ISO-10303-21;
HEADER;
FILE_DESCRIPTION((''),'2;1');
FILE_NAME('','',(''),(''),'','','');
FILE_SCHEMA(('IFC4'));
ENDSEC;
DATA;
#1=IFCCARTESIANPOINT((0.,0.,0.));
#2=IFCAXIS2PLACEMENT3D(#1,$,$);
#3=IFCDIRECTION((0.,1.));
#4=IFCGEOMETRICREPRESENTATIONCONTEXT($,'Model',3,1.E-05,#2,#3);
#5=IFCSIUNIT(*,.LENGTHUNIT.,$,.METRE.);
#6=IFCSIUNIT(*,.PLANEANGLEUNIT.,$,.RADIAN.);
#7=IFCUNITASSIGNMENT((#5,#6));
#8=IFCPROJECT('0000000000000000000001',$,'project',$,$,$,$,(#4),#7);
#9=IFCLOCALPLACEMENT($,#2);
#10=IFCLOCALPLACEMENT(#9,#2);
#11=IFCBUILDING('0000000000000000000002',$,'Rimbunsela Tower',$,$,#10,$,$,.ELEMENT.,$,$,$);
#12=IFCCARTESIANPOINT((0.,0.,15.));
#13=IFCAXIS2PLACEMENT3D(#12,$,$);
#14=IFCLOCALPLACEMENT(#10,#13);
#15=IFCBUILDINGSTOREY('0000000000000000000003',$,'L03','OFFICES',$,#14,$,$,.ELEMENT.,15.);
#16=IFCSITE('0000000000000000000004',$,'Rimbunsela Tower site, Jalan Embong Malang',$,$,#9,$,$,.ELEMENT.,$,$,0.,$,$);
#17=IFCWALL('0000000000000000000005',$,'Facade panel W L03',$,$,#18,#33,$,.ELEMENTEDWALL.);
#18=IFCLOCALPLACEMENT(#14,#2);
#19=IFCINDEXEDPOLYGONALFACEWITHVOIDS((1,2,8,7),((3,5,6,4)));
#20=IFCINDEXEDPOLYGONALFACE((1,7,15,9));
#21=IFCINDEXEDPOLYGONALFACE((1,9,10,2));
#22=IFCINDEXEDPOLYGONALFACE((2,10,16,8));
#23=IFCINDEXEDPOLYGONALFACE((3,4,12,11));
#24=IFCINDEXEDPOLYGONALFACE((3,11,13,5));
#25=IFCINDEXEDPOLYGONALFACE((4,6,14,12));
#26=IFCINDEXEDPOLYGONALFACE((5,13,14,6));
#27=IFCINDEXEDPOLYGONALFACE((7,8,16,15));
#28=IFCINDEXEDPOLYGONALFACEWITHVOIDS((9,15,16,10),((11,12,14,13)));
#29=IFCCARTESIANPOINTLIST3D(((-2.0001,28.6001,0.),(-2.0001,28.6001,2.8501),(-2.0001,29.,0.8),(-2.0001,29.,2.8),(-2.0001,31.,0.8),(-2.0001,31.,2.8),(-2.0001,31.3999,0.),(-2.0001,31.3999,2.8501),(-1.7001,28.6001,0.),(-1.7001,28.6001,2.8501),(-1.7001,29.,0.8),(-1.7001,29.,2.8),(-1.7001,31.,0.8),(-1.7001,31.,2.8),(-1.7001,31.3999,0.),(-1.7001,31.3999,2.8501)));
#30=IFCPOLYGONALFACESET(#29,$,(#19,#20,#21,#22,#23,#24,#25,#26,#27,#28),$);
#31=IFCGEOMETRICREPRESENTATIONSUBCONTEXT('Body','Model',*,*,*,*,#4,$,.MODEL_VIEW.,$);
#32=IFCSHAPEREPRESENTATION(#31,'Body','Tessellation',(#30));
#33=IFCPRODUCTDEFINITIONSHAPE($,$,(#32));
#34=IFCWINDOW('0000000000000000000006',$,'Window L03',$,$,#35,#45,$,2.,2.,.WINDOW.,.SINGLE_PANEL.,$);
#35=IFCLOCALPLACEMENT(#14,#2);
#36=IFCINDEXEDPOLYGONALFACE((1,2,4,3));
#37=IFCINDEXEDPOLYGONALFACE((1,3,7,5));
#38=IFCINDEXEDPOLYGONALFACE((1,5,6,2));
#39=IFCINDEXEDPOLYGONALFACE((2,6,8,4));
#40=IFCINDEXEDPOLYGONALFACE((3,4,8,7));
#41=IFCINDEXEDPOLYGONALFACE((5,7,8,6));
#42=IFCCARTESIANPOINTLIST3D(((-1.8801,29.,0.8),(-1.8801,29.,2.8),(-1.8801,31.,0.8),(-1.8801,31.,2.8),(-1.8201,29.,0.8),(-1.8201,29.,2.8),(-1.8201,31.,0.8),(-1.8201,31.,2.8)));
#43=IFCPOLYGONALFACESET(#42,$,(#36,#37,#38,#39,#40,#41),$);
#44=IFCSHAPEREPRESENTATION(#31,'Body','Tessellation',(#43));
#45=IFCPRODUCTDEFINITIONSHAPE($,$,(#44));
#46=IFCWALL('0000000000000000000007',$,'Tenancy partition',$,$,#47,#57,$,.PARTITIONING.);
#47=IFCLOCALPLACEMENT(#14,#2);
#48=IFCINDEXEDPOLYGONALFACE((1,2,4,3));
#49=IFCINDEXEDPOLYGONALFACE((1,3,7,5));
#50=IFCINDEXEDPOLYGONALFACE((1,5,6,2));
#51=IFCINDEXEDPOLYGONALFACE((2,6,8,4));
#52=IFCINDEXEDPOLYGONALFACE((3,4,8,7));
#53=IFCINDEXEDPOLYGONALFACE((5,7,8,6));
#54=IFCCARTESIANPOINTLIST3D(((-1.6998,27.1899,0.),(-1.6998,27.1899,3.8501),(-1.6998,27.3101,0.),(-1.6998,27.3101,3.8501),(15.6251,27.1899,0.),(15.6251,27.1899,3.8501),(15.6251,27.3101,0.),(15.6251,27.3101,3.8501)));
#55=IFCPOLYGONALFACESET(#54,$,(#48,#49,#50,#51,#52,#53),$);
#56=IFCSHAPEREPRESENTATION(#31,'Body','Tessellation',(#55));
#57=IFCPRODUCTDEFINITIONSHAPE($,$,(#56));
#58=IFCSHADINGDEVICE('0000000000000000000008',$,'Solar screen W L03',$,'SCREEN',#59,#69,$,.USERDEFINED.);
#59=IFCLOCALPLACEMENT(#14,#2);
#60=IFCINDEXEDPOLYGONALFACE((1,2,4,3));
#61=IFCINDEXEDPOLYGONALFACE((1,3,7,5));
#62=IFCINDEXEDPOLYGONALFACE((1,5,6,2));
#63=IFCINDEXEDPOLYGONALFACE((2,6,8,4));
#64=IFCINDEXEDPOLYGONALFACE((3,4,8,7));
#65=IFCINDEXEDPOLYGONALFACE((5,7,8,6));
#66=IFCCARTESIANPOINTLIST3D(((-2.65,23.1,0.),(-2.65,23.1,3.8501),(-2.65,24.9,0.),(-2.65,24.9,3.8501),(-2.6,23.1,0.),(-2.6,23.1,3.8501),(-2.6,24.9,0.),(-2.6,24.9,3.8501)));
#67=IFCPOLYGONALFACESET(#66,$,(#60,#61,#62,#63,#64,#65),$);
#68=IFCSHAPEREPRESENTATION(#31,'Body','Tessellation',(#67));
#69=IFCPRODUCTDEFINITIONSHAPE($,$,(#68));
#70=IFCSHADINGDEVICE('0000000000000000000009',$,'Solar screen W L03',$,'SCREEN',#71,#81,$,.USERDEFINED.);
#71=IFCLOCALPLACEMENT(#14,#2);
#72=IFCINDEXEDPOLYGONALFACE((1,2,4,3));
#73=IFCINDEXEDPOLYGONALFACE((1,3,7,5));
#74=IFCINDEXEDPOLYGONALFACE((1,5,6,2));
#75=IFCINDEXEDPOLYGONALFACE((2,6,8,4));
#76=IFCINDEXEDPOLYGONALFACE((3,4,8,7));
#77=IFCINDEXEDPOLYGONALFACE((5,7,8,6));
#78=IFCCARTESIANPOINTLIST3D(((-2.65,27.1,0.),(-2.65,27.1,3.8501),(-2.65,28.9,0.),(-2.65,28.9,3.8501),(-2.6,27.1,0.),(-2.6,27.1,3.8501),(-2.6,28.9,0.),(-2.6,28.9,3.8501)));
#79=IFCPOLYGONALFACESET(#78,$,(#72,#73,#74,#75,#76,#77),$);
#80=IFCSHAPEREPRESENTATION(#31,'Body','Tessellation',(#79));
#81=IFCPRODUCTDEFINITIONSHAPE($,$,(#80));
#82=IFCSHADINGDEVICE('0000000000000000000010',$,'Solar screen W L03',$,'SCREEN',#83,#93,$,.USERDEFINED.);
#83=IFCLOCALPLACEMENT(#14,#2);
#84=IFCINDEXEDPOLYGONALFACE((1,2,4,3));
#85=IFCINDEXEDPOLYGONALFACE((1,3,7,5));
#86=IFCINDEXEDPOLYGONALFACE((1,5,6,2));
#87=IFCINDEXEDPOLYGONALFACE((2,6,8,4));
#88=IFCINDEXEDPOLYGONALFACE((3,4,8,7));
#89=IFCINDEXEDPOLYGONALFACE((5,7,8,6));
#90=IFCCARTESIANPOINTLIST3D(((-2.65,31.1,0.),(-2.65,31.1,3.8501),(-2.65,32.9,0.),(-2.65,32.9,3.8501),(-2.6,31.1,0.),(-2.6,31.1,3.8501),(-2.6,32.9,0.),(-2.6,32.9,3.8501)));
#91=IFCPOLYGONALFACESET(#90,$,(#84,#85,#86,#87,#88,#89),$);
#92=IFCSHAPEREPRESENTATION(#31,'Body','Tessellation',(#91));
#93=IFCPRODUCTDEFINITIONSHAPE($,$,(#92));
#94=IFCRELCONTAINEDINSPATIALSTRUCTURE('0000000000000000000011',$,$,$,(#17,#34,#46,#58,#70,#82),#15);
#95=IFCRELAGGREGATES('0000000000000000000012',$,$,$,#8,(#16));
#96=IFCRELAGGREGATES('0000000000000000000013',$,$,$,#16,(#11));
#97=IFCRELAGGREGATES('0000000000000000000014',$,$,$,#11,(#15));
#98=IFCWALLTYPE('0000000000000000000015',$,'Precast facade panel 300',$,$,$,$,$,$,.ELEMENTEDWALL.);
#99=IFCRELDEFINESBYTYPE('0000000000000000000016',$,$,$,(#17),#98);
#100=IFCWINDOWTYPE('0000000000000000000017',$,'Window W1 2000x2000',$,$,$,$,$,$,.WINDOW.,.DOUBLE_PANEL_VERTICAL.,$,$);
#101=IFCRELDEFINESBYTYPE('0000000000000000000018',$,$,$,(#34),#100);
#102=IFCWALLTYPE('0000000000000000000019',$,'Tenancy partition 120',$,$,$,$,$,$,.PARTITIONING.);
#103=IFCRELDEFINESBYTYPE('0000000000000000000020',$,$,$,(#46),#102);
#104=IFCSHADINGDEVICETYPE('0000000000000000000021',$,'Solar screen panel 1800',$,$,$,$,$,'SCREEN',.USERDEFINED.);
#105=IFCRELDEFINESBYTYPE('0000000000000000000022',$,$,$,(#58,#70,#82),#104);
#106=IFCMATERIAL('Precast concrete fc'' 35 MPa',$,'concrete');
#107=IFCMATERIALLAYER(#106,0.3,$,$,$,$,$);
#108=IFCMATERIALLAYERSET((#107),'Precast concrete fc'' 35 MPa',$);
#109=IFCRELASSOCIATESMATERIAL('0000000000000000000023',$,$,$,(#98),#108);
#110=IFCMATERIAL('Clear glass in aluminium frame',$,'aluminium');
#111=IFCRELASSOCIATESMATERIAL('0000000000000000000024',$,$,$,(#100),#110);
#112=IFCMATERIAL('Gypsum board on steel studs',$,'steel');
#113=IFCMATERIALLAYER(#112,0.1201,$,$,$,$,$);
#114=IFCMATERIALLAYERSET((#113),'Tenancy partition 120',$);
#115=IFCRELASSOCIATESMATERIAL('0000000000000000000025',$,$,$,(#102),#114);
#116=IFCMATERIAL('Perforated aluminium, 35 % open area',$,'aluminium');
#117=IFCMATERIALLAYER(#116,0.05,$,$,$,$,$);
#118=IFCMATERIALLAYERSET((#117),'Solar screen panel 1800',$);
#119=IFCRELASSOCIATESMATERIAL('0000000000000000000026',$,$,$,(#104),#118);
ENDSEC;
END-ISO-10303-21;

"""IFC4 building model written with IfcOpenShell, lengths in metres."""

from ifc_helpers import new_model, si_unit, direction, frame, frame_2d, origin, origin_2d, place, context, subcontext, project, spatial, rectangle, extrude, material, layer, layer_set, type_object, element, fill, save


model = new_model("IFC4")

# Units and contexts
model_context = context("Model", 3, precision=1e-05, world=origin(), true_north=direction((0.0, 1.0)))
body_context = subcontext(model_context, "Body", "Model", "MODEL_VIEW")
ifc_project = project(units=[si_unit("LENGTHUNIT", "METRE"), si_unit("PLANEANGLEUNIT", "RADIAN")], contexts=[model_context])

# Site, building, storey
site_placement = place(None, origin())
site = spatial("IfcSite", under=ifc_project, at=site_placement, Name="Rimbunsela Tower site, Jalan Embong Malang", CompositionType="ELEMENT", RefElevation=0.0)
building_placement = place(site_placement, origin())
building = spatial("IfcBuilding", under=site, at=building_placement, Name="Rimbunsela Tower", CompositionType="ELEMENT")
storey_placement = place(building_placement, frame((0.0, 0.0, 15.0)))
storey = spatial("IfcBuildingStorey", under=building, at=storey_placement, Name="L03", Description="OFFICES", CompositionType="ELEMENT", Elevation=15.0)

# Wall, opening, window
ifc_material_1 = material(Name="Precast concrete fc' 35 MPa", Category="concrete")
ifc_layer_1 = layer(ifc_material_1, 0.3)
ifc_layer_set_1 = layer_set([ifc_layer_1], Name="Precast concrete fc' 35 MPa")
wall_type_1 = type_object("IfcWallType", Name="Precast facade panel 300", PredefinedType="ELEMENTEDWALL", material=ifc_layer_set_1)
ifc_material_2 = material(Name="Clear glass in aluminium frame", Category="aluminium")
window_type = type_object("IfcWindowType", Name="Window W1 2000x2000", PartitioningType="DOUBLE_PANEL_VERTICAL", PredefinedType="WINDOW", material=ifc_material_2)
wall_1_placement = place(storey_placement, frame((-1.8501, 31.3999, 0.0), z_axis=(0.0, 0.0, 1.0), x_axis=(0.0, -1.0, 0.0)))
wall_1 = element("IfcWall", 1, at=wall_1_placement, inside=storey, type_object=wall_type_1, Name="Facade panel W L03", PredefinedType="ELEMENTEDWALL", context=body_context, shape_type="SweptSolid", body=[
    extrude(rectangle(XDim=2.7998, YDim=0.3, at=frame_2d((1.3999, 0.0))), origin(), (0.0, 0.0, 1.0), 2.8501),
])
opening_1_placement = place(wall_1_placement, frame((0.3999, 0.0, 0.8)))
opening_1 = element("IfcOpeningElement", 2, at=opening_1_placement, cuts=wall_1, PredefinedType="OPENING", context=body_context, shape_type="SweptSolid", body=[
    extrude(rectangle(XDim=2.0, YDim=2.0, at=frame_2d((1.0, 1.0))), frame((0.0, 0.1599, 0.0), z_axis=(0.0, -1.0, 0.0), x_axis=(1.0, 0.0, 0.0)), (0.0, 0.0, 1.0), 0.3201),
])
window_1_placement = place(opening_1_placement, origin())
window_1 = element("IfcWindow", 3, at=window_1_placement, inside=storey, type_object=window_type, Name="Window L03", OverallHeight=2.0, OverallWidth=2.0, PartitioningType="SINGLE_PANEL", PredefinedType="WINDOW", context=body_context, shape_type="SweptSolid", body=[
    extrude(rectangle(XDim=2.0, YDim=2.0, at=frame_2d((1.0, 1.0))), frame((0.0, 0.03, 0.0), z_axis=(0.0, -1.0, 0.0), x_axis=(1.0, 0.0, 0.0)), (0.0, 0.0, 1.0), 0.0601),
])
fill(opening_1, window_1)

# Wall
ifc_material_3 = material(Name="Gypsum board on steel studs", Category="steel")
ifc_layer_2 = layer(ifc_material_3, 0.1201)
ifc_layer_set_2 = layer_set([ifc_layer_2], Name="Tenancy partition 120")
wall_type_2 = type_object("IfcWallType", Name="Tenancy partition 120", PredefinedType="PARTITIONING", material=ifc_layer_set_2)
wall_2_placement = place(storey_placement, frame((-1.7, 27.25, 0.0), z_axis=(0.0, 0.0, 1.0), x_axis=(1.0, 0.0, 0.0)))
element("IfcWall", 4, at=wall_2_placement, inside=storey, type_object=wall_type_2, Name="Tenancy partition", PredefinedType="PARTITIONING", context=body_context, shape_type="SweptSolid", body=[
    extrude(rectangle(XDim=17.325, YDim=0.1201, at=frame_2d((8.6626, 0.0))), origin(), (0.0, 0.0, 1.0), 3.8501),
])

# Shading devices
ifc_material_4 = material(Name="Perforated aluminium, 35 % open area", Category="aluminium")
ifc_layer_3 = layer(ifc_material_4, 0.05)
ifc_layer_set_3 = layer_set([ifc_layer_3], Name="Solar screen panel 1800")
shading_device_type = type_object("IfcShadingDeviceType", Name="Solar screen panel 1800", ElementType="SCREEN", PredefinedType="USERDEFINED", material=ifc_layer_set_3)
for number, where, z_axis, x_axis, name in (
    (5, (-2.625, 24.0, 0.0), (0.0, 0.0, 1.0), (0.0, 1.0, 0.0), "Solar screen W L03"),
    (6, (-2.625, 28.0, 0.0), (0.0, 0.0, 1.0), (0.0, 1.0, 0.0), "Solar screen W L03"),
    (7, (-2.625, 32.0, 0.0), (0.0, 0.0, 1.0), (0.0, 1.0, 0.0), "Solar screen W L03"),
):
    element("IfcShadingDevice", number, at=place(storey_placement, frame(where, z_axis=z_axis, x_axis=x_axis)), inside=storey, type_object=shading_device_type, Name=name, ObjectType="SCREEN", PredefinedType="USERDEFINED", context=body_context, shape_type="SweptSolid", body=[
        extrude(rectangle(XDim=1.8, YDim=0.05, at=origin_2d()), origin(), (0.0, 0.0, 1.0), 3.8501),
    ])

save(model, "model.ifc")
